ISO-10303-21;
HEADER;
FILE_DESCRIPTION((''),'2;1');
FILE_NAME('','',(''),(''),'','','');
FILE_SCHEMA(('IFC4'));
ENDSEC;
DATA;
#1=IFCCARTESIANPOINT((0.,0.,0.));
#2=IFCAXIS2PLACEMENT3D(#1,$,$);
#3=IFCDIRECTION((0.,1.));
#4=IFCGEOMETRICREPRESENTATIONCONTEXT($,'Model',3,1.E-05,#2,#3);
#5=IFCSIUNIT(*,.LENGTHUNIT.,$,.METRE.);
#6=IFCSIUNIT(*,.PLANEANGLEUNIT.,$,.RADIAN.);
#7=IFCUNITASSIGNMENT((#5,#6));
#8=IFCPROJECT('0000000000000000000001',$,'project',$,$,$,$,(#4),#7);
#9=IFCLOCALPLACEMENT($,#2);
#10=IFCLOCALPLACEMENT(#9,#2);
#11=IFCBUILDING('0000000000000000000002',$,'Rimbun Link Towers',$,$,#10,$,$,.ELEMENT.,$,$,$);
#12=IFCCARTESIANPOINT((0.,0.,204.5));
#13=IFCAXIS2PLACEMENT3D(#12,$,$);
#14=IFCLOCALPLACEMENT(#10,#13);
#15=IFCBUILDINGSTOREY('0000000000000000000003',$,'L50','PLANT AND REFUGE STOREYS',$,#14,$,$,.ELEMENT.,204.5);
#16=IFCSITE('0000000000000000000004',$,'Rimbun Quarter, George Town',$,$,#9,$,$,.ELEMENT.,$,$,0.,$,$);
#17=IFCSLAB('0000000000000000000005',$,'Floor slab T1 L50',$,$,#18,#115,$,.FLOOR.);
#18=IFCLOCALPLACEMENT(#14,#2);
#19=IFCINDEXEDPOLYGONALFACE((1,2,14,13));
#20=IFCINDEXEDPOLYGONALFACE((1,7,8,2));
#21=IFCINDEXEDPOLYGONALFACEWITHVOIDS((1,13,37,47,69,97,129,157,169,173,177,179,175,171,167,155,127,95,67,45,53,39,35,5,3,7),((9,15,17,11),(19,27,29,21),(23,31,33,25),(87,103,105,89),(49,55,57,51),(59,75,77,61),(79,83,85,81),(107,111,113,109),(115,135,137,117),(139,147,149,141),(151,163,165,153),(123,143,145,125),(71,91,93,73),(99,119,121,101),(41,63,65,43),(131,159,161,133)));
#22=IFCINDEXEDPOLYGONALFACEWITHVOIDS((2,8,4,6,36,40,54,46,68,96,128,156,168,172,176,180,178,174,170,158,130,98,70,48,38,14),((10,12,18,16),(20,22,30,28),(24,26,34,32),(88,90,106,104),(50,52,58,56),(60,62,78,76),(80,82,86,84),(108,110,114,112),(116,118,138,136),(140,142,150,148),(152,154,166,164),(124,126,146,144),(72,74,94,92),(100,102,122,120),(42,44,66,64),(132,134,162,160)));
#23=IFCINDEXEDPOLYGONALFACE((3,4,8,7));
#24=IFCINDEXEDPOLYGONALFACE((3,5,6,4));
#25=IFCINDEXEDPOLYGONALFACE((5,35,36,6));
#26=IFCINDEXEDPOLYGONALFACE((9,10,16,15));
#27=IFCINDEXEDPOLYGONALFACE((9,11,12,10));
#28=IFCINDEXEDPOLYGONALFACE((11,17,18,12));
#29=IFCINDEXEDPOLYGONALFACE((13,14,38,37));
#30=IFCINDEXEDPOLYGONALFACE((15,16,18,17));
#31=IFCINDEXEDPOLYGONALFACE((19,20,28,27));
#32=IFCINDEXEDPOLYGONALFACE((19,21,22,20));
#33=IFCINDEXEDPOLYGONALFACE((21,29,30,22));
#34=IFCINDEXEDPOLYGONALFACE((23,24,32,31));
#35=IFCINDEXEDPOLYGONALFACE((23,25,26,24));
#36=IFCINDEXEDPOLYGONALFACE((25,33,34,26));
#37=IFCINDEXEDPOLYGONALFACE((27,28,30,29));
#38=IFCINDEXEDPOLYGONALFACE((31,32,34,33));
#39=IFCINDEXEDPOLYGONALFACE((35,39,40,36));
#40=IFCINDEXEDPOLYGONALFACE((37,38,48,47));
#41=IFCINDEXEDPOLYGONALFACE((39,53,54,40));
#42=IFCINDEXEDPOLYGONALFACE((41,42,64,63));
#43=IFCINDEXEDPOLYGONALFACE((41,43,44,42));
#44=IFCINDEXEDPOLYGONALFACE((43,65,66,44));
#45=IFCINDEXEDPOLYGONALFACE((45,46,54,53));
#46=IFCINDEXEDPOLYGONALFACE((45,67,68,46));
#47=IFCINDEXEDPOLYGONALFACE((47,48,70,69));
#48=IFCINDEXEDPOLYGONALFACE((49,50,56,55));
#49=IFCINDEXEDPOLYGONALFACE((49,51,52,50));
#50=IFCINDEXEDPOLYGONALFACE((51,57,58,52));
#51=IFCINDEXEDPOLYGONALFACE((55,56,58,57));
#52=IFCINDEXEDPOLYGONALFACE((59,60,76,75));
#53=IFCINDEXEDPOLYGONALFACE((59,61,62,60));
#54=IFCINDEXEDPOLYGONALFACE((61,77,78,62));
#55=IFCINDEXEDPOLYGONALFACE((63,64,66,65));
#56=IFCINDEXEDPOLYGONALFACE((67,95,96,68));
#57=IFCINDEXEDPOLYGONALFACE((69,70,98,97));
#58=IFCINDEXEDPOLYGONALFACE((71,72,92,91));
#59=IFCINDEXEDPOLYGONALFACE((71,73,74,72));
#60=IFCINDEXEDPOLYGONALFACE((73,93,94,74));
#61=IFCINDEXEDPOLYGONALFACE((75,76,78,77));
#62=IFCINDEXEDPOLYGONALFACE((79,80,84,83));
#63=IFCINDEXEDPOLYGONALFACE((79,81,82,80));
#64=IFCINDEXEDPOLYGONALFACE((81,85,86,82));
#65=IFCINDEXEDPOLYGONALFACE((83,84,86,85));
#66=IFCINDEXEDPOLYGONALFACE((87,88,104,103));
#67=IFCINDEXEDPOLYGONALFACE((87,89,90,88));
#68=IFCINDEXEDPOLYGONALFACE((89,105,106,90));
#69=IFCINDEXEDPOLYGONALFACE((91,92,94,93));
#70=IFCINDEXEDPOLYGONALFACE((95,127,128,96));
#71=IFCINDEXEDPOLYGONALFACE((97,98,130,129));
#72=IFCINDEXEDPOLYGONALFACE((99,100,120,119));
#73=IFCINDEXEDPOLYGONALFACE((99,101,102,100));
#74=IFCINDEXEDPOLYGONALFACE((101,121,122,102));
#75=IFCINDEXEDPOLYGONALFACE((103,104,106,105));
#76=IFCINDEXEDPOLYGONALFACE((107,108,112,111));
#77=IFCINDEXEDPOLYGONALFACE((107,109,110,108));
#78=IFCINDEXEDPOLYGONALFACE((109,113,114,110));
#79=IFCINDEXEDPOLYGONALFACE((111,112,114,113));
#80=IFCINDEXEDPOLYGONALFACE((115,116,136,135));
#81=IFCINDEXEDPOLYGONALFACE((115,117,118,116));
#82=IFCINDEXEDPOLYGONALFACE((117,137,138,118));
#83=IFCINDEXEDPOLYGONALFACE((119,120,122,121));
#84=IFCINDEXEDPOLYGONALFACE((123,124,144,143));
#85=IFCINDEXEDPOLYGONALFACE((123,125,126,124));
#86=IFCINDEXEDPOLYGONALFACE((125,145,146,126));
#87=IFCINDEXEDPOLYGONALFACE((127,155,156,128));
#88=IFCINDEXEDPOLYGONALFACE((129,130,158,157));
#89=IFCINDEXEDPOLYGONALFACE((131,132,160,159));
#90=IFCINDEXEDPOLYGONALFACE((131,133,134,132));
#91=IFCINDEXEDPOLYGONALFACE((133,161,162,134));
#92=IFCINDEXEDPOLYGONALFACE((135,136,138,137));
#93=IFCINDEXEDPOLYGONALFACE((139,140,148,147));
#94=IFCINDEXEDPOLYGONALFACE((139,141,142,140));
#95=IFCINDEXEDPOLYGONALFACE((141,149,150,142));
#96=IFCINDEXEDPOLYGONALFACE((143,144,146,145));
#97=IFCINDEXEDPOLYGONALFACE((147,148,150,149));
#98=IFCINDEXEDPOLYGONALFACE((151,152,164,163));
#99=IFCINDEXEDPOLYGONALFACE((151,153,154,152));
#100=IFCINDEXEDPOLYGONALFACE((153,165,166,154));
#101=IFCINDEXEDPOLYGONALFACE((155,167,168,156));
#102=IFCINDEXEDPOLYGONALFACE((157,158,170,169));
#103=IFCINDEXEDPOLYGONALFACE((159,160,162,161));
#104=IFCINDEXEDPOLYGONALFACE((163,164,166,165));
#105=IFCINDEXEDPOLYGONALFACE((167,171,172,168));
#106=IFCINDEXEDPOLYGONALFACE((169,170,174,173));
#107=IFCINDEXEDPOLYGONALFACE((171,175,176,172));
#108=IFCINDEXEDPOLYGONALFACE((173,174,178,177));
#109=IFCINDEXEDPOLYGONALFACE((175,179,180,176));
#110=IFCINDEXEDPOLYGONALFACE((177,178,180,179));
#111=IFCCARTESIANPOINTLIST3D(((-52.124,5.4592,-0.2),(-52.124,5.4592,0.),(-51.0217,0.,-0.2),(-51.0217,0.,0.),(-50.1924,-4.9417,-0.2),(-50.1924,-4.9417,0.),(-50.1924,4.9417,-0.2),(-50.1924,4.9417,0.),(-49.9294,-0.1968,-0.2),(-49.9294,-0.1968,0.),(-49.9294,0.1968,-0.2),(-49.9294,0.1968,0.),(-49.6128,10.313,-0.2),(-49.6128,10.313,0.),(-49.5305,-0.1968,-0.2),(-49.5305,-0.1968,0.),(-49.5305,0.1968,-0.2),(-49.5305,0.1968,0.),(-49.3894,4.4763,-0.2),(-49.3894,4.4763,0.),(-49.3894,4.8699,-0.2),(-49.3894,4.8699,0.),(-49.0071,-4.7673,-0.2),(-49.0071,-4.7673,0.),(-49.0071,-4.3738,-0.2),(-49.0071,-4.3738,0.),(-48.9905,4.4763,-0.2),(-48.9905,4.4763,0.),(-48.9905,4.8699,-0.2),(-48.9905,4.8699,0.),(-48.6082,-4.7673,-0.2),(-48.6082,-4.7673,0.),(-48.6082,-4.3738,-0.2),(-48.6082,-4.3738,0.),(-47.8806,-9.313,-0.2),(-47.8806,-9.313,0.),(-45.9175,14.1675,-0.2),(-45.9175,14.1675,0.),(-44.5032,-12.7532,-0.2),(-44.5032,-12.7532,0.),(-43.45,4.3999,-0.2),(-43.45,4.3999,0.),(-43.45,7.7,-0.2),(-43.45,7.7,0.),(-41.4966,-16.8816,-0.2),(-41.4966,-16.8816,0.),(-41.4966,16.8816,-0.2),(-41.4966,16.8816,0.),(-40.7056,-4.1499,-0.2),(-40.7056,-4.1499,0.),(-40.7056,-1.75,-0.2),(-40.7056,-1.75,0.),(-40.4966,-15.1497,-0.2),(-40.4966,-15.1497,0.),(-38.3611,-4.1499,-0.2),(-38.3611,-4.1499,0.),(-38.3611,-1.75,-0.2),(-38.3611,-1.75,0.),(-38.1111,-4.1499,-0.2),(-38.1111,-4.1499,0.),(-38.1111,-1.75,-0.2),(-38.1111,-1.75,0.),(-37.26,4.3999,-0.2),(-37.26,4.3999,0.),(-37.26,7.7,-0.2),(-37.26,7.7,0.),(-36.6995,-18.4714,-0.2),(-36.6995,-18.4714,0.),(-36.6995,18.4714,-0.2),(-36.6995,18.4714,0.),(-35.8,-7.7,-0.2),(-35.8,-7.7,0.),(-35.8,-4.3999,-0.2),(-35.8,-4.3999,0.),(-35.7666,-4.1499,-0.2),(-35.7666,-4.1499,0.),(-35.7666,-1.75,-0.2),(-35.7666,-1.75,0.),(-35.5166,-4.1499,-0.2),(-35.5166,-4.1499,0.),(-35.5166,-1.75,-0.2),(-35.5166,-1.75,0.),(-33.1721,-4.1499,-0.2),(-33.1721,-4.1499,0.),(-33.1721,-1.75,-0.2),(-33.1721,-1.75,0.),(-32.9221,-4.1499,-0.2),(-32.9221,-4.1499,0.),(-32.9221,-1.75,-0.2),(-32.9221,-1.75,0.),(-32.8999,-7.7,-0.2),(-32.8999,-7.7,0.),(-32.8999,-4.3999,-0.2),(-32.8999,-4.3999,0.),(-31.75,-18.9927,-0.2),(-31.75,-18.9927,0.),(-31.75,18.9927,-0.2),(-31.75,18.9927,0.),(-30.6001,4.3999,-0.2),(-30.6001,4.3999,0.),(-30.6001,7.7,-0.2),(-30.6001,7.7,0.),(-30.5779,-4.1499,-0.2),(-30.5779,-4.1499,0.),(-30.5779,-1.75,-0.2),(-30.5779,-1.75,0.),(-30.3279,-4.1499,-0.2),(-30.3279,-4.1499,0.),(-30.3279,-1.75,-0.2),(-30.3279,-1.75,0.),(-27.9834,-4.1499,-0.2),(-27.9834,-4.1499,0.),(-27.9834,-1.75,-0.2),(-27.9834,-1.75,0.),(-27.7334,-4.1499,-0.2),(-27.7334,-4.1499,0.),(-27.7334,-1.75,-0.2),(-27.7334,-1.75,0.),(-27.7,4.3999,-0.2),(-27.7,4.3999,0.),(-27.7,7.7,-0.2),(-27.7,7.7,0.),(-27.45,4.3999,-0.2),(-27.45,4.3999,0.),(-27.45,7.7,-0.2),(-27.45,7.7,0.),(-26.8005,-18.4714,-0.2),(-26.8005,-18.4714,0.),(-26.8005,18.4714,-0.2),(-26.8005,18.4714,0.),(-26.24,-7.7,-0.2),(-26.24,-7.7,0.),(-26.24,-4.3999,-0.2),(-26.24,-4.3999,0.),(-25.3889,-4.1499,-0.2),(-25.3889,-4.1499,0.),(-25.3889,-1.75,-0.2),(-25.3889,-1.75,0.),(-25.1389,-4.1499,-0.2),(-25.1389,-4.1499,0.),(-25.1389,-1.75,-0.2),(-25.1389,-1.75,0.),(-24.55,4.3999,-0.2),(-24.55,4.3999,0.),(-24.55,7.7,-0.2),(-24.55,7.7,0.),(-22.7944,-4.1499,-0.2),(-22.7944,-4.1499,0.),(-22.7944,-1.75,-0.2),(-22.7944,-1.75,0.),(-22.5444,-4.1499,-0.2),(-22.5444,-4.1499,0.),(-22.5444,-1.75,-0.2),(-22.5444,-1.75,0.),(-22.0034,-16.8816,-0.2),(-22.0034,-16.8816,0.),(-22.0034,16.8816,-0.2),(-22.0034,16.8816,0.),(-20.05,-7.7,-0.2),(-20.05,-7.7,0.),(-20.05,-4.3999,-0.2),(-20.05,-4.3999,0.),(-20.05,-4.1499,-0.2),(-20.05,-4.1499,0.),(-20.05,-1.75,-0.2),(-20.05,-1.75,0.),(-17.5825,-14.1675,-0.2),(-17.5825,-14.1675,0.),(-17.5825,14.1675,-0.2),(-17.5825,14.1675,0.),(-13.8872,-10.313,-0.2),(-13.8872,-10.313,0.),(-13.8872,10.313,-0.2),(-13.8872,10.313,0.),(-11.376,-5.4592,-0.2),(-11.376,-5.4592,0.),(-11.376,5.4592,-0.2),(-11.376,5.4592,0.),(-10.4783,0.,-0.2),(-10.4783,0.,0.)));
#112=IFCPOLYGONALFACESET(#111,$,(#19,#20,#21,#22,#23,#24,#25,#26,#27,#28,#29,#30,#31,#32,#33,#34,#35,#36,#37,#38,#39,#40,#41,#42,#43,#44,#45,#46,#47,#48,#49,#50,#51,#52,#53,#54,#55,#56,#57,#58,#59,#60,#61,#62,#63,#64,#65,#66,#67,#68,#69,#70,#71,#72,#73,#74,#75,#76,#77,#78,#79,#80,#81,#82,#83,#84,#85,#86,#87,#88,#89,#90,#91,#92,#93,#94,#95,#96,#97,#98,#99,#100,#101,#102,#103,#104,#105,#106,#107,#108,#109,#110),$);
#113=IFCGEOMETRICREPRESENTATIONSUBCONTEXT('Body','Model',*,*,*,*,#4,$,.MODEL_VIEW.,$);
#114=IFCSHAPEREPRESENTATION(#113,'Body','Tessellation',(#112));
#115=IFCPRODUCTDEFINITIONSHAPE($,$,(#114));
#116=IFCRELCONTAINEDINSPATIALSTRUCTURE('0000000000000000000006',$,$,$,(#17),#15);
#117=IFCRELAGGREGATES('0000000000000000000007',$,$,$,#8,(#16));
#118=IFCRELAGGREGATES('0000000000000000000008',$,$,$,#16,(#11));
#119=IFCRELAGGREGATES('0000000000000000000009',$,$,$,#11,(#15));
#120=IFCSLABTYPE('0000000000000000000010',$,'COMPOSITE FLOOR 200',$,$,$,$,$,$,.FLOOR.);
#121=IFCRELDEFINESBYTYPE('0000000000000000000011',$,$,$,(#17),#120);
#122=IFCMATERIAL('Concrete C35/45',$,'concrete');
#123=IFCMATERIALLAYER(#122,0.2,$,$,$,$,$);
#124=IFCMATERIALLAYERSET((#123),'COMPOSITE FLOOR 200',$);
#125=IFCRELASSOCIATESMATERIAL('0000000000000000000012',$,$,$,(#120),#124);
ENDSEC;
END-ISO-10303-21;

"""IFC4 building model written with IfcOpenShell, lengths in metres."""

from ifc_helpers import new_model, si_unit, direction, frame, origin, place, context, subcontext, project, spatial, polyline, outline, extrude, material, layer, layer_set, type_object, element, save


model = new_model("IFC4")

# Units and contexts
model_context = context("Model", 3, precision=1e-05, world=origin(), true_north=direction((0.0, 1.0)))
body_context = subcontext(model_context, "Body", "Model", "MODEL_VIEW")
ifc_project = project(units=[si_unit("LENGTHUNIT", "METRE"), si_unit("PLANEANGLEUNIT", "RADIAN")], contexts=[model_context])

# Site, building, storey
site_placement = place(None, origin())
site = spatial("IfcSite", under=ifc_project, at=site_placement, Name="Rimbun Quarter, George Town", CompositionType="ELEMENT", RefElevation=0.0)
building_placement = place(site_placement, origin())
building = spatial("IfcBuilding", under=site, at=building_placement, Name="Rimbun Link Towers", CompositionType="ELEMENT")
storey_placement = place(building_placement, frame((0.0, 0.0, 204.5)))
storey = spatial("IfcBuildingStorey", under=building, at=storey_placement, Name="L50", Description="PLANT AND REFUGE STOREYS", CompositionType="ELEMENT", Elevation=204.5)

# Slab
ifc_material_1 = material(Name="Concrete C35/45", Category="concrete")
ifc_layer_1 = layer(ifc_material_1, 0.2)
ifc_layer_set_1 = layer_set([ifc_layer_1], Name="COMPOSITE FLOOR 200")
slab_type = type_object("IfcSlabType", Name="COMPOSITE FLOOR 200", PredefinedType="FLOOR", material=ifc_layer_set_1)
slab_1_placement = place(storey_placement, frame((0.0, 0.0, -0.2)))
element("IfcSlab", 1, at=slab_1_placement, inside=storey, type_object=slab_type, Name="Floor slab T1 L50", PredefinedType="FLOOR", context=body_context, shape_type="SweptSolid", body=[
    extrude(outline(polyline([(-49.6128, 10.313), (-45.9175, 14.1675), (-41.4966, 16.8816), (-36.6995, 18.4714), (-31.75, 18.9927), (-26.8005, 18.4714), (-22.0034, 16.8816), (-17.5825, 14.1675), (-13.8872, 10.313), (-11.376, 5.4592), (-10.4783, 0.0), (-11.376, -5.4592), (-13.8872, -10.313), (-17.5825, -14.1675), (-22.0034, -16.8816), (-26.8005, -18.4714), (-31.75, -18.9927), (-36.6995, -18.4714), (-41.4966, -16.8816), (-40.4966, -15.1497), (-44.5032, -12.7532), (-47.8806, -9.313), (-50.1924, -4.9417), (-51.0217, 0.0), (-50.1924, 4.9417), (-52.124, 5.4592), (-49.6128, 10.313)]), holes=[polyline([(-32.8999, -7.7), (-32.8999, -4.3999), (-35.8, -4.3999), (-35.8, -7.7), (-32.8999, -7.7)]), polyline([(-48.6082, -4.7673), (-48.6082, -4.3738), (-49.0071, -4.3738), (-49.0071, -4.7673), (-48.6082, -4.7673)]), polyline([(-38.3611, -4.1499), (-38.3611, -1.75), (-40.7056, -1.75), (-40.7056, -4.1499), (-38.3611, -4.1499)]), polyline([(-35.7666, -4.1499), (-35.7666, -1.75), (-38.1111, -1.75), (-38.1111, -4.1499), (-35.7666, -4.1499)]), polyline([(-33.1721, -4.1499), (-33.1721, -1.75), (-35.5166, -1.75), (-35.5166, -4.1499), (-33.1721, -4.1499)]), polyline([(-49.5305, -0.1968), (-49.5305, 0.1968), (-49.9294, 0.1968), (-49.9294, -0.1968), (-49.5305, -0.1968)]), polyline([(-48.9905, 4.4763), (-48.9905, 4.8699), (-49.3894, 4.8699), (-49.3894, 4.4763), (-48.9905, 4.4763)]), polyline([(-37.26, 4.3999), (-37.26, 7.7), (-43.45, 7.7), (-43.45, 4.3999), (-37.26, 4.3999)]), polyline([(-20.05, -7.7), (-20.05, -4.3999), (-26.24, -4.3999), (-26.24, -7.7), (-20.05, -7.7)]), polyline([(-30.5779, -4.1499), (-30.5779, -1.75), (-32.9221, -1.75), (-32.9221, -4.1499), (-30.5779, -4.1499)]), polyline([(-27.9834, -4.1499), (-27.9834, -1.75), (-30.3279, -1.75), (-30.3279, -4.1499), (-27.9834, -4.1499)]), polyline([(-25.3889, -4.1499), (-25.3889, -1.75), (-27.7334, -1.75), (-27.7334, -4.1499), (-25.3889, -4.1499)]), polyline([(-22.7944, -4.1499), (-22.7944, -1.75), (-25.1389, -1.75), (-25.1389, -4.1499), (-22.7944, -4.1499)]), polyline([(-20.05, -4.1499), (-20.05, -1.75), (-22.5444, -1.75), (-22.5444, -4.1499), (-20.05, -4.1499)]), polyline([(-27.7, 4.3999), (-27.7, 7.7), (-30.6001, 7.7), (-30.6001, 4.3999), (-27.7, 4.3999)]), polyline([(-24.55, 4.3999), (-24.55, 7.7), (-27.45, 7.7), (-27.45, 4.3999), (-24.55, 4.3999)])]), origin(), (0.0, 0.0, 1.0), 0.2),
])

save(model, "model.ifc")
